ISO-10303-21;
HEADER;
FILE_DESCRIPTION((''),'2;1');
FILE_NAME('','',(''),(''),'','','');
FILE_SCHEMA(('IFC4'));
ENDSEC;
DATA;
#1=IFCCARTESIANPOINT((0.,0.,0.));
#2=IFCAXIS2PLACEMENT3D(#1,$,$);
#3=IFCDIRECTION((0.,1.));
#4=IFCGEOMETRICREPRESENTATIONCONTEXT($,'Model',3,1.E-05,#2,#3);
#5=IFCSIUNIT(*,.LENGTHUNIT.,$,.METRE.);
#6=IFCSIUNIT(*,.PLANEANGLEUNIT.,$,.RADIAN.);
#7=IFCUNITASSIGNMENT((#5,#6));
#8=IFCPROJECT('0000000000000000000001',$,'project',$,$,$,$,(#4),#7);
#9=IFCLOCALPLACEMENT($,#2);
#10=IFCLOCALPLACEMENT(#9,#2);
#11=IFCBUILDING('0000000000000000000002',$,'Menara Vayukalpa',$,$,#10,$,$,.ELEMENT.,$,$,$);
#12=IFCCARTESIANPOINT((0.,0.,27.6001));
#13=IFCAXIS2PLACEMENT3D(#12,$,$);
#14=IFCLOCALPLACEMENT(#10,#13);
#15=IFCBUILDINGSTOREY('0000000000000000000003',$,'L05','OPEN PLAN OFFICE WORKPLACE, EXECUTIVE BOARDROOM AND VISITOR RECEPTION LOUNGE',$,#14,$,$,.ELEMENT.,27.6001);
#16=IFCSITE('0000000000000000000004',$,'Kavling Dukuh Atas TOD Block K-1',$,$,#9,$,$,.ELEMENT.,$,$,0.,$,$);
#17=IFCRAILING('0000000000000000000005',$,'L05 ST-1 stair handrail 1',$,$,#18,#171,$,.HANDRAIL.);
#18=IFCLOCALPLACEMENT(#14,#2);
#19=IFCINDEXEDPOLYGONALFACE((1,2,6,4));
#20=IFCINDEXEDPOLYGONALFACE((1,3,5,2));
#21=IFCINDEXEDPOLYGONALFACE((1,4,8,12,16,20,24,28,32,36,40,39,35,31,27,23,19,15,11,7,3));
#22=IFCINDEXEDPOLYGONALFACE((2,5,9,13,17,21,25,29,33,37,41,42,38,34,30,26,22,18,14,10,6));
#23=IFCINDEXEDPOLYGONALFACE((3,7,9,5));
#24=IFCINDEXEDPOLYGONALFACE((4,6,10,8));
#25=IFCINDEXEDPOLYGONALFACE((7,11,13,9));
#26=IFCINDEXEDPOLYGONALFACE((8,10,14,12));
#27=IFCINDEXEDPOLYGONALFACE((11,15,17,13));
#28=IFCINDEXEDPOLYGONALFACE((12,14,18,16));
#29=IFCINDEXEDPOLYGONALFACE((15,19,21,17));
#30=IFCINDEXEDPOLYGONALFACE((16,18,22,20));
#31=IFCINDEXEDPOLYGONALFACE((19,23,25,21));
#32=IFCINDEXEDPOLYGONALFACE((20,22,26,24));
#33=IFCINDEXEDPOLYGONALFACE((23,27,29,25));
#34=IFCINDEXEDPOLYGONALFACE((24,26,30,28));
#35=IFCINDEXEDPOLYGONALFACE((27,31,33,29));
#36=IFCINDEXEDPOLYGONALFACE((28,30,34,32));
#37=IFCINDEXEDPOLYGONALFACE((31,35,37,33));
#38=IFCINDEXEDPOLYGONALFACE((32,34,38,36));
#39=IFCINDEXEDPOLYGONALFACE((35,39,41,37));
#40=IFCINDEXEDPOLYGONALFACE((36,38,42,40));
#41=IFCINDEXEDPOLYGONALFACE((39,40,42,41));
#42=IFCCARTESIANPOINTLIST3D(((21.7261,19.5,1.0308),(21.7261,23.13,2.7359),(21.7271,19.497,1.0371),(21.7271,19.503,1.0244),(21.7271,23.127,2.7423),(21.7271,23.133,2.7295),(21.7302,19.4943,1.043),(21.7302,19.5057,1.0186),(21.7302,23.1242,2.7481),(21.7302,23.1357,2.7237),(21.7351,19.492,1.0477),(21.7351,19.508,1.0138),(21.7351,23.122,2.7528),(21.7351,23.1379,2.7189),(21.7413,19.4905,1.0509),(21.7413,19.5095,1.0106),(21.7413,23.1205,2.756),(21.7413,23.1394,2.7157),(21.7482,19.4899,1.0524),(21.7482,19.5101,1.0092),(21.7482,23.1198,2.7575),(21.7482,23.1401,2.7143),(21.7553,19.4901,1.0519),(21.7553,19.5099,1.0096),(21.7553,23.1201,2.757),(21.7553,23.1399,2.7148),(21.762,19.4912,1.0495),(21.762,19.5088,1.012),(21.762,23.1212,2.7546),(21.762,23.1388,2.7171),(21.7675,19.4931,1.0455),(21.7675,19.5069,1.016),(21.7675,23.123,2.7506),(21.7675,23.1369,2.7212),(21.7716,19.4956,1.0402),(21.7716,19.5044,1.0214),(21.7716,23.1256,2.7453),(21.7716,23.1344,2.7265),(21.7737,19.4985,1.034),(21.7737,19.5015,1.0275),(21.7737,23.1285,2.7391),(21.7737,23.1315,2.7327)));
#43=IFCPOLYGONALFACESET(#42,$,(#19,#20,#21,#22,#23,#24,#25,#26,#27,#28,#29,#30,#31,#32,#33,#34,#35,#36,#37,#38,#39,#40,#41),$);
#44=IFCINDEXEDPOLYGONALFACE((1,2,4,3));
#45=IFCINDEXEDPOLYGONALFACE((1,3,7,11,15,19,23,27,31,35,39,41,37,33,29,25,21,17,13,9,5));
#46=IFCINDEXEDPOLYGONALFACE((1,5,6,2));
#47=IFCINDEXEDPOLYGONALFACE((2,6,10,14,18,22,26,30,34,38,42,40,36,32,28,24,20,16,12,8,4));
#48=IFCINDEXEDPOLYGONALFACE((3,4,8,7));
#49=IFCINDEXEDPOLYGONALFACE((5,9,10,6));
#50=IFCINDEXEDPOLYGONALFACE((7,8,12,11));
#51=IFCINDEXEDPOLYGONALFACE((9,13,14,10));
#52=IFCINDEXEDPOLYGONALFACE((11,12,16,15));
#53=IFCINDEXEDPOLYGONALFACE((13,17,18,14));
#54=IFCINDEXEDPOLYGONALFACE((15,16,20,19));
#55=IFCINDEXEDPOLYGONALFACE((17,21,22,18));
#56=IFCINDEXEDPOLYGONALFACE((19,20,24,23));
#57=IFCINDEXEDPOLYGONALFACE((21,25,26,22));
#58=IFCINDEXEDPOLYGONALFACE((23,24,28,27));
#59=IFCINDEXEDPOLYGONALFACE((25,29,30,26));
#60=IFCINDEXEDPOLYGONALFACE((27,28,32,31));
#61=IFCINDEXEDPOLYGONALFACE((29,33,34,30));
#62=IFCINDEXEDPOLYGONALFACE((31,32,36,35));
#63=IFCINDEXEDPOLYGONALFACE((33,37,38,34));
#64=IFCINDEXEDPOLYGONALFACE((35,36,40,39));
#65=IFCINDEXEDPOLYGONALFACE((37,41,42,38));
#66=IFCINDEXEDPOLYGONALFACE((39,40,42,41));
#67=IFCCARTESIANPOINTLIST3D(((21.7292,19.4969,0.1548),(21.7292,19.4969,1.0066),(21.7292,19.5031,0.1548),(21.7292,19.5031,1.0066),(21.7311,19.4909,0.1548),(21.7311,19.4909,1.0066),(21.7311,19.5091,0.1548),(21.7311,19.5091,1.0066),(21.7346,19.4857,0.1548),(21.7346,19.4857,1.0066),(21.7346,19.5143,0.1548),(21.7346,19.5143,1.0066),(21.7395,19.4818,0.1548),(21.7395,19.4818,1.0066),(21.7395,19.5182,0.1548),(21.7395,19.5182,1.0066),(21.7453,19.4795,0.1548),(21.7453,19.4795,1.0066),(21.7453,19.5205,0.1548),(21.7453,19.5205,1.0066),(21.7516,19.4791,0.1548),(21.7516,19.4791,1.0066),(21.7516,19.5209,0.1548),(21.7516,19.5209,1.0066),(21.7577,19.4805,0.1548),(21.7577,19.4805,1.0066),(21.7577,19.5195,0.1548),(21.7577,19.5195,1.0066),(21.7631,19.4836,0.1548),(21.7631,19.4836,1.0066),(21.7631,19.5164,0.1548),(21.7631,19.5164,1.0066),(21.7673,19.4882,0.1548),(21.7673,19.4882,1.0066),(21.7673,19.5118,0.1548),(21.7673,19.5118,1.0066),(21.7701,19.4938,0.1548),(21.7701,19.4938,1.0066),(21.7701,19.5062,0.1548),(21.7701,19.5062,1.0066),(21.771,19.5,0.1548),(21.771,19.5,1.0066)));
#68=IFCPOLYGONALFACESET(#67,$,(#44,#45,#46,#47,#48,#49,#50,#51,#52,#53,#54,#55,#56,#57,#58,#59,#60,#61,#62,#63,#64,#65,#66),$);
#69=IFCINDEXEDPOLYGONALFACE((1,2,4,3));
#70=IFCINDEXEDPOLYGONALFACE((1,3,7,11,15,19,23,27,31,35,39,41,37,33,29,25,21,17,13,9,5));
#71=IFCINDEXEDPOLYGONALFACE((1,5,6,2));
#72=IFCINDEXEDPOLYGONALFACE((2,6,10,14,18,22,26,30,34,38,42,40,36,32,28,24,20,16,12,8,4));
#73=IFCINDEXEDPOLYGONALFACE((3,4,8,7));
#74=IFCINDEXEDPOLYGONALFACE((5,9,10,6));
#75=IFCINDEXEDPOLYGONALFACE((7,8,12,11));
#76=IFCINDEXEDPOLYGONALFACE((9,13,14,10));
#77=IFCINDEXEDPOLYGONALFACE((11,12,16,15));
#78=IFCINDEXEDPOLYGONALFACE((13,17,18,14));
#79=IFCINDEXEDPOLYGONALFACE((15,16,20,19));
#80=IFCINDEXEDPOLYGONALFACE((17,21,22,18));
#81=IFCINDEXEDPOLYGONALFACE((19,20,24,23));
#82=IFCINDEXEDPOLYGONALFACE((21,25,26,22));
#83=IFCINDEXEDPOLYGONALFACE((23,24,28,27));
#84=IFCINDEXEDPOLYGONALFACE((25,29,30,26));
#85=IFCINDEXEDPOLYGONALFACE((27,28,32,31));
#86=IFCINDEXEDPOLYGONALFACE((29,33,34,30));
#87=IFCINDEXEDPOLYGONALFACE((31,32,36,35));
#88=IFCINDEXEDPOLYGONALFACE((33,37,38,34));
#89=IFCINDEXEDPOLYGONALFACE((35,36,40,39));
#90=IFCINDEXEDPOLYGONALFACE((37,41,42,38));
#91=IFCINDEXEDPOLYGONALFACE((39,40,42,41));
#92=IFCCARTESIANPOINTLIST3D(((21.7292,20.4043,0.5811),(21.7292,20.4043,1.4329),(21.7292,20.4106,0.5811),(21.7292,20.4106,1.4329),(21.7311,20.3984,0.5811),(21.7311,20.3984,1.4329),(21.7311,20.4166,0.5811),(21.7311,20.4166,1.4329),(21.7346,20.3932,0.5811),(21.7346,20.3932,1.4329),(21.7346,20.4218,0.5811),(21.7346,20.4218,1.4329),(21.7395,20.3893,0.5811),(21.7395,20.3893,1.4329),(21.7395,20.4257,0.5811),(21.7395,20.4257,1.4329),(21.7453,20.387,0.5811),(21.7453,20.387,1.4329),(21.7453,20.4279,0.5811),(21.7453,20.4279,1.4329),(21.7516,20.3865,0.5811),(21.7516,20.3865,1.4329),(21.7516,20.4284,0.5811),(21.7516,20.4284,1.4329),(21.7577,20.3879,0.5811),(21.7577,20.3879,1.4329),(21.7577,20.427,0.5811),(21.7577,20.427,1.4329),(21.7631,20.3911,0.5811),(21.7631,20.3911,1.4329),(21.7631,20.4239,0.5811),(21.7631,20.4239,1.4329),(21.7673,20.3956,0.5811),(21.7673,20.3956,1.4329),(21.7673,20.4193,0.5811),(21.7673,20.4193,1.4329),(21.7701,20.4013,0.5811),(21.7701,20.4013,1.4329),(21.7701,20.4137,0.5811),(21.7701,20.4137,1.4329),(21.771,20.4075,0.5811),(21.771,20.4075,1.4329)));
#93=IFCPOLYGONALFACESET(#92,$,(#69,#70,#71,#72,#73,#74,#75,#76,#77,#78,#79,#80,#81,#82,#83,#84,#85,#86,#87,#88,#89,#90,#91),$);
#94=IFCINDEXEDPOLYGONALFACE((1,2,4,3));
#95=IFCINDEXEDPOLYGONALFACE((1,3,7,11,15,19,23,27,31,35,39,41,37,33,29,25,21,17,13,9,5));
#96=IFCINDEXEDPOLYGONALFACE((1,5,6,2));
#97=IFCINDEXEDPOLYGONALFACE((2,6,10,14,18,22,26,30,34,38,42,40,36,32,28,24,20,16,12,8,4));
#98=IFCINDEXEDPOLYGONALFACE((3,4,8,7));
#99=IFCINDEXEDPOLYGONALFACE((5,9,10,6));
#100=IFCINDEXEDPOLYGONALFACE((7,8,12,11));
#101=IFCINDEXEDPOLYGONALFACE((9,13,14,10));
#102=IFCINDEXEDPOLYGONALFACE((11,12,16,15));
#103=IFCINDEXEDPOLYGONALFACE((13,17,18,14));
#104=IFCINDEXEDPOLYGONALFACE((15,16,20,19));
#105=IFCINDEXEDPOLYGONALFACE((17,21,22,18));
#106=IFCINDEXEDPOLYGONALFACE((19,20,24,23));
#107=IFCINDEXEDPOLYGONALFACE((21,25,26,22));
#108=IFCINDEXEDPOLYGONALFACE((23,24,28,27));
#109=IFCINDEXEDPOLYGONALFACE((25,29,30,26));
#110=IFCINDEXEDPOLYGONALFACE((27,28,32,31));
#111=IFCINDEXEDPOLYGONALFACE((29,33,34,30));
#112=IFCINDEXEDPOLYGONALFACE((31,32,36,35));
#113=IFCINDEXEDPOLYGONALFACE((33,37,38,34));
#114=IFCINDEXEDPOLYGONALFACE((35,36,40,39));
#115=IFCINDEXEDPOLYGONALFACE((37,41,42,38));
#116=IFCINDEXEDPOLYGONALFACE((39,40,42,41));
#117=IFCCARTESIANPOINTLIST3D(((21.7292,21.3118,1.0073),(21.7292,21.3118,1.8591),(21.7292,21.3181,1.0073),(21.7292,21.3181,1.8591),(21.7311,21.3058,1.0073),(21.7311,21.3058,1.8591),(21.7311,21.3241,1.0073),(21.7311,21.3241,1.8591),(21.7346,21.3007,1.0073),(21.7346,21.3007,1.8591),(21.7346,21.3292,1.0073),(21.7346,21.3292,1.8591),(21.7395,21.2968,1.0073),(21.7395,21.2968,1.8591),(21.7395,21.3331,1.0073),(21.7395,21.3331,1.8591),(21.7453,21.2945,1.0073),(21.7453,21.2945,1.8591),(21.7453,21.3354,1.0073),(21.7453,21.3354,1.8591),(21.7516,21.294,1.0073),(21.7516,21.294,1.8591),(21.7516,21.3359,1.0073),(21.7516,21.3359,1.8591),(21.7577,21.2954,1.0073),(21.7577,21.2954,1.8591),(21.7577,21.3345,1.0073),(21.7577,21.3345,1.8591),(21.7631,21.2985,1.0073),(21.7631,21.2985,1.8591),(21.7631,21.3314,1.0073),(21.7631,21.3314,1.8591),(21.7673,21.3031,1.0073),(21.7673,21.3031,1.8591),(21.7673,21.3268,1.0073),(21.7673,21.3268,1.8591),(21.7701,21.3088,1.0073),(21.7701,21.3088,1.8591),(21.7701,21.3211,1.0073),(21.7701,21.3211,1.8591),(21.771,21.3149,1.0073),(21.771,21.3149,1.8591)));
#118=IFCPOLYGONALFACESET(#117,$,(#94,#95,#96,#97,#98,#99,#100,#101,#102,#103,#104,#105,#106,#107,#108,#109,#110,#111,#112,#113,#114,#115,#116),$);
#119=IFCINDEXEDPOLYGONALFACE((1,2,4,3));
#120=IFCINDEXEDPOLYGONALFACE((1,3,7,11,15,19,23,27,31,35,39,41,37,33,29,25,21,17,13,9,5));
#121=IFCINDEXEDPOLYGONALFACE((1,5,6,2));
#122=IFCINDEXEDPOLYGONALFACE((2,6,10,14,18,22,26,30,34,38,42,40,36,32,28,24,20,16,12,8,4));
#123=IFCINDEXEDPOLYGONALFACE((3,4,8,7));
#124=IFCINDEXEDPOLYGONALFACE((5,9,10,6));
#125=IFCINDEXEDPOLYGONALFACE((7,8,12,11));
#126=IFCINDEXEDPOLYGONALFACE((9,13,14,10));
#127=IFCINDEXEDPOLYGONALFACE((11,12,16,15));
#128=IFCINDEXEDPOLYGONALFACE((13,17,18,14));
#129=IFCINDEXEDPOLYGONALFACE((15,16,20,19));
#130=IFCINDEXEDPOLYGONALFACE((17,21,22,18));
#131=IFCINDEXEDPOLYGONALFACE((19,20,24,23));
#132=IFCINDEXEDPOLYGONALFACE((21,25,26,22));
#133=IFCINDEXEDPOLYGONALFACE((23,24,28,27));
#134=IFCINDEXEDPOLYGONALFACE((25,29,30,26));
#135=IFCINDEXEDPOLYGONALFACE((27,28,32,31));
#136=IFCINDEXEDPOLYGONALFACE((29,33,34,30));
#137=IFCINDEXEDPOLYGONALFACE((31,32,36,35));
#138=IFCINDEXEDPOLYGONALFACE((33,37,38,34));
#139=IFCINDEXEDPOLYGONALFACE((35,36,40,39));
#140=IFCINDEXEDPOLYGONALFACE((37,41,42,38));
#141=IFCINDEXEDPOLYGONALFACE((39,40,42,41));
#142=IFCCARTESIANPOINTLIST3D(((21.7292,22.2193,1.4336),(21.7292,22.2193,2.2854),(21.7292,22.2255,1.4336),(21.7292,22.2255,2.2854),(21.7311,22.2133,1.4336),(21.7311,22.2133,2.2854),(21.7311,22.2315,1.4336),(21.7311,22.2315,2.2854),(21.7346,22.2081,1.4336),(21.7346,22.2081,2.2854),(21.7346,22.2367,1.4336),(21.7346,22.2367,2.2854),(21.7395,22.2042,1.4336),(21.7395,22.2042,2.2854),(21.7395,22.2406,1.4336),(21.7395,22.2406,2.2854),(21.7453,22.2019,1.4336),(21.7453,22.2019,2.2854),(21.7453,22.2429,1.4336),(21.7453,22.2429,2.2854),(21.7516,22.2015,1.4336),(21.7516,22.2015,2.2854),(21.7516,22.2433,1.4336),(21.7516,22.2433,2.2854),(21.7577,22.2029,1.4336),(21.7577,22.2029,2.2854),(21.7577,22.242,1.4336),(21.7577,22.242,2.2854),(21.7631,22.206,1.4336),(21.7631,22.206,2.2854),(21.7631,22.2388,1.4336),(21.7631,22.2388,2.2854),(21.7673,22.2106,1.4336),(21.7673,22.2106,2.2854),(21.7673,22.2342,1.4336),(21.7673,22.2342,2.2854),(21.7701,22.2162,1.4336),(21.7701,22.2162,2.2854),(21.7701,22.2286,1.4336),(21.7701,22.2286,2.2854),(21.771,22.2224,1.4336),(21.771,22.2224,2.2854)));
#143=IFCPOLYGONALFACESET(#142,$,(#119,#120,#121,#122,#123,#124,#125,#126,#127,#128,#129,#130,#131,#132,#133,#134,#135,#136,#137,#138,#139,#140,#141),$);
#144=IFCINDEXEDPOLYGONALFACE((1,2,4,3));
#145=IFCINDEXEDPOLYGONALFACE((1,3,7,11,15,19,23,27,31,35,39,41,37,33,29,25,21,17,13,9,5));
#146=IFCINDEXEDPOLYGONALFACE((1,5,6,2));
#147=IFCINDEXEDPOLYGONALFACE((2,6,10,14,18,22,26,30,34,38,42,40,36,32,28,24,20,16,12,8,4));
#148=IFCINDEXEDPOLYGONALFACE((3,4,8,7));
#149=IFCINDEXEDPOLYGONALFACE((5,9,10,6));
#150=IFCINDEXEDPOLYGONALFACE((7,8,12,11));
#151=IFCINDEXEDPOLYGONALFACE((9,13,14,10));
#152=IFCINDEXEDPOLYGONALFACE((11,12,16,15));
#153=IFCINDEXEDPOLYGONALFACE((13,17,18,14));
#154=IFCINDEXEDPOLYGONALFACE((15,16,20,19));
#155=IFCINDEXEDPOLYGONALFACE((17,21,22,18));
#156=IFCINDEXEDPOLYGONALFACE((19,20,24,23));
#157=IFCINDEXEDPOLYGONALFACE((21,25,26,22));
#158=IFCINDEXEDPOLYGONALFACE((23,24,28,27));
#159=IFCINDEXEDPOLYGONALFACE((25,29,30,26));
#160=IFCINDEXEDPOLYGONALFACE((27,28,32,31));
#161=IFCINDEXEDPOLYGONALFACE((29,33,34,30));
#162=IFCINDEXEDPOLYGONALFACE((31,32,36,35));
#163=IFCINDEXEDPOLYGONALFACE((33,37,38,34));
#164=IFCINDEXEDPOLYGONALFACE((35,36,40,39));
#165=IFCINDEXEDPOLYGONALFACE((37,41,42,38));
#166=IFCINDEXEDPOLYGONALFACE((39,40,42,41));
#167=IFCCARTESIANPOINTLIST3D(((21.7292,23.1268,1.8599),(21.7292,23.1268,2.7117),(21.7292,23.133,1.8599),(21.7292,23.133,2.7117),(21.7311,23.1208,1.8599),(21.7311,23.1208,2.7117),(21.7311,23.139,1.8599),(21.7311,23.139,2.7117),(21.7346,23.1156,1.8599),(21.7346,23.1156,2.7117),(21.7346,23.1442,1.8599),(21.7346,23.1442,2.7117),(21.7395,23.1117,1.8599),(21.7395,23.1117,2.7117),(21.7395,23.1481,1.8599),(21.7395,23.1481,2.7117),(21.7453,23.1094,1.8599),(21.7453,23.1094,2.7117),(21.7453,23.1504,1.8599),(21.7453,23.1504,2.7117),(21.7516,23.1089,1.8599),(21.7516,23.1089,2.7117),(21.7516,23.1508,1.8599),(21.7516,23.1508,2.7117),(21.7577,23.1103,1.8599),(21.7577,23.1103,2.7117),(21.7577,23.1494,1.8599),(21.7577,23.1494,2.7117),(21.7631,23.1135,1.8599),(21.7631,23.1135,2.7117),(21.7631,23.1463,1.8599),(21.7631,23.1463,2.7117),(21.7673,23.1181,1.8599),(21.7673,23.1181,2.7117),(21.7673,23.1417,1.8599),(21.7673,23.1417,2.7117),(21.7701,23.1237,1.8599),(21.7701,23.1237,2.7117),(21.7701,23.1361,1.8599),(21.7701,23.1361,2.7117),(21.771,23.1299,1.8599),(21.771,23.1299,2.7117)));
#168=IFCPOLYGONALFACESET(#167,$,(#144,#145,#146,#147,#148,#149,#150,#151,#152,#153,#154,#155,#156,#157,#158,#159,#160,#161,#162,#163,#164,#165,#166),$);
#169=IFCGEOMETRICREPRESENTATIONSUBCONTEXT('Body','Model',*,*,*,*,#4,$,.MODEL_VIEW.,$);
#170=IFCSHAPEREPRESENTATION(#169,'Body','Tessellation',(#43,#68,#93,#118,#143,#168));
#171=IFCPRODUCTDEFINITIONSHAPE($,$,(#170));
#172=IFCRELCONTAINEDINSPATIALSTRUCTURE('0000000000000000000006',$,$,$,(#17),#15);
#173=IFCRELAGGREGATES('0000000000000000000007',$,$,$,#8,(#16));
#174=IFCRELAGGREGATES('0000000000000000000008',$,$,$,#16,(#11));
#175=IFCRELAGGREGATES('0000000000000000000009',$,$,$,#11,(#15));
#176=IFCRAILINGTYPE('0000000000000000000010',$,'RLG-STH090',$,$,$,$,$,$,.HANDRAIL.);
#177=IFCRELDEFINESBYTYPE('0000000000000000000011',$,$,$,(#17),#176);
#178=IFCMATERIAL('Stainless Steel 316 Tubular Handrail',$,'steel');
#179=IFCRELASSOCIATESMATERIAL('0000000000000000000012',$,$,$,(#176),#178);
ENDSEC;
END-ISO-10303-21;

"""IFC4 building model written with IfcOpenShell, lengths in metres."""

from ifc_helpers import new_model, si_unit, direction, frame, origin, origin_2d, place, context, subcontext, project, spatial, circle, extrude, material, type_object, element, save


model = new_model("IFC4")

# Units and contexts
model_context = context("Model", 3, precision=1e-05, world=origin(), true_north=direction((0.0, 1.0)))
body_context = subcontext(model_context, "Body", "Model", "MODEL_VIEW")
ifc_project = project(units=[si_unit("LENGTHUNIT", "METRE"), si_unit("PLANEANGLEUNIT", "RADIAN")], contexts=[model_context])

# Site, building, storey
site_placement = place(None, origin())
site = spatial("IfcSite", under=ifc_project, at=site_placement, Name="Kavling Dukuh Atas TOD Block K-1", CompositionType="ELEMENT", RefElevation=0.0)
building_placement = place(site_placement, origin())
building = spatial("IfcBuilding", under=site, at=building_placement, Name="Menara Vayukalpa", CompositionType="ELEMENT")
storey_placement = place(building_placement, frame((0.0, 0.0, 27.6001)))
storey = spatial("IfcBuildingStorey", under=building, at=storey_placement, Name="L05", Description="OPEN PLAN OFFICE WORKPLACE, EXECUTIVE BOARDROOM AND VISITOR RECEPTION LOUNGE", CompositionType="ELEMENT", Elevation=27.6001)

# Railing
ifc_material_1 = material(Name="Stainless Steel 316 Tubular Handrail", Category="steel")
railing_type_1 = type_object("IfcRailingType", Name="RLG-STH090", PredefinedType="HANDRAIL", material=ifc_material_1)
railing_1_placement = place(storey_placement, frame((21.75, 19.5, 0.1548)))
element("IfcRailing", 1, at=railing_1_placement, inside=storey, type_object=railing_type_1, Name="L05 ST-1 stair handrail 1", PredefinedType="HANDRAIL", context=body_context, shape_type="SweptSolid", body=[
    extrude(circle(Radius=0.0239, at=origin_2d()), frame((0.0, 0.0, 0.876), z_axis=(0.0, 0.905116, 0.425164), x_axis=(-1.0, 0.0, 0.0)), (0.0, 0.0, 1.0), 4.0105),
    extrude(circle(Radius=0.021, at=origin_2d()), origin(), (0.0, 0.0, 1.0), 0.8518),
    extrude(circle(Radius=0.021, at=origin_2d()), frame((0.0, 0.9075, 0.4263)), (0.0, 0.0, 1.0), 0.8518),
    extrude(circle(Radius=0.021, at=origin_2d()), frame((0.0, 1.8149, 0.8525)), (0.0, 0.0, 1.0), 0.8518),
    extrude(circle(Radius=0.021, at=origin_2d()), frame((0.0, 2.7224, 1.2788)), (0.0, 0.0, 1.0), 0.8518),
    extrude(circle(Radius=0.021, at=origin_2d()), frame((0.0, 3.6299, 1.7051)), (0.0, 0.0, 1.0), 0.8518),
])

save(model, "model.ifc")
